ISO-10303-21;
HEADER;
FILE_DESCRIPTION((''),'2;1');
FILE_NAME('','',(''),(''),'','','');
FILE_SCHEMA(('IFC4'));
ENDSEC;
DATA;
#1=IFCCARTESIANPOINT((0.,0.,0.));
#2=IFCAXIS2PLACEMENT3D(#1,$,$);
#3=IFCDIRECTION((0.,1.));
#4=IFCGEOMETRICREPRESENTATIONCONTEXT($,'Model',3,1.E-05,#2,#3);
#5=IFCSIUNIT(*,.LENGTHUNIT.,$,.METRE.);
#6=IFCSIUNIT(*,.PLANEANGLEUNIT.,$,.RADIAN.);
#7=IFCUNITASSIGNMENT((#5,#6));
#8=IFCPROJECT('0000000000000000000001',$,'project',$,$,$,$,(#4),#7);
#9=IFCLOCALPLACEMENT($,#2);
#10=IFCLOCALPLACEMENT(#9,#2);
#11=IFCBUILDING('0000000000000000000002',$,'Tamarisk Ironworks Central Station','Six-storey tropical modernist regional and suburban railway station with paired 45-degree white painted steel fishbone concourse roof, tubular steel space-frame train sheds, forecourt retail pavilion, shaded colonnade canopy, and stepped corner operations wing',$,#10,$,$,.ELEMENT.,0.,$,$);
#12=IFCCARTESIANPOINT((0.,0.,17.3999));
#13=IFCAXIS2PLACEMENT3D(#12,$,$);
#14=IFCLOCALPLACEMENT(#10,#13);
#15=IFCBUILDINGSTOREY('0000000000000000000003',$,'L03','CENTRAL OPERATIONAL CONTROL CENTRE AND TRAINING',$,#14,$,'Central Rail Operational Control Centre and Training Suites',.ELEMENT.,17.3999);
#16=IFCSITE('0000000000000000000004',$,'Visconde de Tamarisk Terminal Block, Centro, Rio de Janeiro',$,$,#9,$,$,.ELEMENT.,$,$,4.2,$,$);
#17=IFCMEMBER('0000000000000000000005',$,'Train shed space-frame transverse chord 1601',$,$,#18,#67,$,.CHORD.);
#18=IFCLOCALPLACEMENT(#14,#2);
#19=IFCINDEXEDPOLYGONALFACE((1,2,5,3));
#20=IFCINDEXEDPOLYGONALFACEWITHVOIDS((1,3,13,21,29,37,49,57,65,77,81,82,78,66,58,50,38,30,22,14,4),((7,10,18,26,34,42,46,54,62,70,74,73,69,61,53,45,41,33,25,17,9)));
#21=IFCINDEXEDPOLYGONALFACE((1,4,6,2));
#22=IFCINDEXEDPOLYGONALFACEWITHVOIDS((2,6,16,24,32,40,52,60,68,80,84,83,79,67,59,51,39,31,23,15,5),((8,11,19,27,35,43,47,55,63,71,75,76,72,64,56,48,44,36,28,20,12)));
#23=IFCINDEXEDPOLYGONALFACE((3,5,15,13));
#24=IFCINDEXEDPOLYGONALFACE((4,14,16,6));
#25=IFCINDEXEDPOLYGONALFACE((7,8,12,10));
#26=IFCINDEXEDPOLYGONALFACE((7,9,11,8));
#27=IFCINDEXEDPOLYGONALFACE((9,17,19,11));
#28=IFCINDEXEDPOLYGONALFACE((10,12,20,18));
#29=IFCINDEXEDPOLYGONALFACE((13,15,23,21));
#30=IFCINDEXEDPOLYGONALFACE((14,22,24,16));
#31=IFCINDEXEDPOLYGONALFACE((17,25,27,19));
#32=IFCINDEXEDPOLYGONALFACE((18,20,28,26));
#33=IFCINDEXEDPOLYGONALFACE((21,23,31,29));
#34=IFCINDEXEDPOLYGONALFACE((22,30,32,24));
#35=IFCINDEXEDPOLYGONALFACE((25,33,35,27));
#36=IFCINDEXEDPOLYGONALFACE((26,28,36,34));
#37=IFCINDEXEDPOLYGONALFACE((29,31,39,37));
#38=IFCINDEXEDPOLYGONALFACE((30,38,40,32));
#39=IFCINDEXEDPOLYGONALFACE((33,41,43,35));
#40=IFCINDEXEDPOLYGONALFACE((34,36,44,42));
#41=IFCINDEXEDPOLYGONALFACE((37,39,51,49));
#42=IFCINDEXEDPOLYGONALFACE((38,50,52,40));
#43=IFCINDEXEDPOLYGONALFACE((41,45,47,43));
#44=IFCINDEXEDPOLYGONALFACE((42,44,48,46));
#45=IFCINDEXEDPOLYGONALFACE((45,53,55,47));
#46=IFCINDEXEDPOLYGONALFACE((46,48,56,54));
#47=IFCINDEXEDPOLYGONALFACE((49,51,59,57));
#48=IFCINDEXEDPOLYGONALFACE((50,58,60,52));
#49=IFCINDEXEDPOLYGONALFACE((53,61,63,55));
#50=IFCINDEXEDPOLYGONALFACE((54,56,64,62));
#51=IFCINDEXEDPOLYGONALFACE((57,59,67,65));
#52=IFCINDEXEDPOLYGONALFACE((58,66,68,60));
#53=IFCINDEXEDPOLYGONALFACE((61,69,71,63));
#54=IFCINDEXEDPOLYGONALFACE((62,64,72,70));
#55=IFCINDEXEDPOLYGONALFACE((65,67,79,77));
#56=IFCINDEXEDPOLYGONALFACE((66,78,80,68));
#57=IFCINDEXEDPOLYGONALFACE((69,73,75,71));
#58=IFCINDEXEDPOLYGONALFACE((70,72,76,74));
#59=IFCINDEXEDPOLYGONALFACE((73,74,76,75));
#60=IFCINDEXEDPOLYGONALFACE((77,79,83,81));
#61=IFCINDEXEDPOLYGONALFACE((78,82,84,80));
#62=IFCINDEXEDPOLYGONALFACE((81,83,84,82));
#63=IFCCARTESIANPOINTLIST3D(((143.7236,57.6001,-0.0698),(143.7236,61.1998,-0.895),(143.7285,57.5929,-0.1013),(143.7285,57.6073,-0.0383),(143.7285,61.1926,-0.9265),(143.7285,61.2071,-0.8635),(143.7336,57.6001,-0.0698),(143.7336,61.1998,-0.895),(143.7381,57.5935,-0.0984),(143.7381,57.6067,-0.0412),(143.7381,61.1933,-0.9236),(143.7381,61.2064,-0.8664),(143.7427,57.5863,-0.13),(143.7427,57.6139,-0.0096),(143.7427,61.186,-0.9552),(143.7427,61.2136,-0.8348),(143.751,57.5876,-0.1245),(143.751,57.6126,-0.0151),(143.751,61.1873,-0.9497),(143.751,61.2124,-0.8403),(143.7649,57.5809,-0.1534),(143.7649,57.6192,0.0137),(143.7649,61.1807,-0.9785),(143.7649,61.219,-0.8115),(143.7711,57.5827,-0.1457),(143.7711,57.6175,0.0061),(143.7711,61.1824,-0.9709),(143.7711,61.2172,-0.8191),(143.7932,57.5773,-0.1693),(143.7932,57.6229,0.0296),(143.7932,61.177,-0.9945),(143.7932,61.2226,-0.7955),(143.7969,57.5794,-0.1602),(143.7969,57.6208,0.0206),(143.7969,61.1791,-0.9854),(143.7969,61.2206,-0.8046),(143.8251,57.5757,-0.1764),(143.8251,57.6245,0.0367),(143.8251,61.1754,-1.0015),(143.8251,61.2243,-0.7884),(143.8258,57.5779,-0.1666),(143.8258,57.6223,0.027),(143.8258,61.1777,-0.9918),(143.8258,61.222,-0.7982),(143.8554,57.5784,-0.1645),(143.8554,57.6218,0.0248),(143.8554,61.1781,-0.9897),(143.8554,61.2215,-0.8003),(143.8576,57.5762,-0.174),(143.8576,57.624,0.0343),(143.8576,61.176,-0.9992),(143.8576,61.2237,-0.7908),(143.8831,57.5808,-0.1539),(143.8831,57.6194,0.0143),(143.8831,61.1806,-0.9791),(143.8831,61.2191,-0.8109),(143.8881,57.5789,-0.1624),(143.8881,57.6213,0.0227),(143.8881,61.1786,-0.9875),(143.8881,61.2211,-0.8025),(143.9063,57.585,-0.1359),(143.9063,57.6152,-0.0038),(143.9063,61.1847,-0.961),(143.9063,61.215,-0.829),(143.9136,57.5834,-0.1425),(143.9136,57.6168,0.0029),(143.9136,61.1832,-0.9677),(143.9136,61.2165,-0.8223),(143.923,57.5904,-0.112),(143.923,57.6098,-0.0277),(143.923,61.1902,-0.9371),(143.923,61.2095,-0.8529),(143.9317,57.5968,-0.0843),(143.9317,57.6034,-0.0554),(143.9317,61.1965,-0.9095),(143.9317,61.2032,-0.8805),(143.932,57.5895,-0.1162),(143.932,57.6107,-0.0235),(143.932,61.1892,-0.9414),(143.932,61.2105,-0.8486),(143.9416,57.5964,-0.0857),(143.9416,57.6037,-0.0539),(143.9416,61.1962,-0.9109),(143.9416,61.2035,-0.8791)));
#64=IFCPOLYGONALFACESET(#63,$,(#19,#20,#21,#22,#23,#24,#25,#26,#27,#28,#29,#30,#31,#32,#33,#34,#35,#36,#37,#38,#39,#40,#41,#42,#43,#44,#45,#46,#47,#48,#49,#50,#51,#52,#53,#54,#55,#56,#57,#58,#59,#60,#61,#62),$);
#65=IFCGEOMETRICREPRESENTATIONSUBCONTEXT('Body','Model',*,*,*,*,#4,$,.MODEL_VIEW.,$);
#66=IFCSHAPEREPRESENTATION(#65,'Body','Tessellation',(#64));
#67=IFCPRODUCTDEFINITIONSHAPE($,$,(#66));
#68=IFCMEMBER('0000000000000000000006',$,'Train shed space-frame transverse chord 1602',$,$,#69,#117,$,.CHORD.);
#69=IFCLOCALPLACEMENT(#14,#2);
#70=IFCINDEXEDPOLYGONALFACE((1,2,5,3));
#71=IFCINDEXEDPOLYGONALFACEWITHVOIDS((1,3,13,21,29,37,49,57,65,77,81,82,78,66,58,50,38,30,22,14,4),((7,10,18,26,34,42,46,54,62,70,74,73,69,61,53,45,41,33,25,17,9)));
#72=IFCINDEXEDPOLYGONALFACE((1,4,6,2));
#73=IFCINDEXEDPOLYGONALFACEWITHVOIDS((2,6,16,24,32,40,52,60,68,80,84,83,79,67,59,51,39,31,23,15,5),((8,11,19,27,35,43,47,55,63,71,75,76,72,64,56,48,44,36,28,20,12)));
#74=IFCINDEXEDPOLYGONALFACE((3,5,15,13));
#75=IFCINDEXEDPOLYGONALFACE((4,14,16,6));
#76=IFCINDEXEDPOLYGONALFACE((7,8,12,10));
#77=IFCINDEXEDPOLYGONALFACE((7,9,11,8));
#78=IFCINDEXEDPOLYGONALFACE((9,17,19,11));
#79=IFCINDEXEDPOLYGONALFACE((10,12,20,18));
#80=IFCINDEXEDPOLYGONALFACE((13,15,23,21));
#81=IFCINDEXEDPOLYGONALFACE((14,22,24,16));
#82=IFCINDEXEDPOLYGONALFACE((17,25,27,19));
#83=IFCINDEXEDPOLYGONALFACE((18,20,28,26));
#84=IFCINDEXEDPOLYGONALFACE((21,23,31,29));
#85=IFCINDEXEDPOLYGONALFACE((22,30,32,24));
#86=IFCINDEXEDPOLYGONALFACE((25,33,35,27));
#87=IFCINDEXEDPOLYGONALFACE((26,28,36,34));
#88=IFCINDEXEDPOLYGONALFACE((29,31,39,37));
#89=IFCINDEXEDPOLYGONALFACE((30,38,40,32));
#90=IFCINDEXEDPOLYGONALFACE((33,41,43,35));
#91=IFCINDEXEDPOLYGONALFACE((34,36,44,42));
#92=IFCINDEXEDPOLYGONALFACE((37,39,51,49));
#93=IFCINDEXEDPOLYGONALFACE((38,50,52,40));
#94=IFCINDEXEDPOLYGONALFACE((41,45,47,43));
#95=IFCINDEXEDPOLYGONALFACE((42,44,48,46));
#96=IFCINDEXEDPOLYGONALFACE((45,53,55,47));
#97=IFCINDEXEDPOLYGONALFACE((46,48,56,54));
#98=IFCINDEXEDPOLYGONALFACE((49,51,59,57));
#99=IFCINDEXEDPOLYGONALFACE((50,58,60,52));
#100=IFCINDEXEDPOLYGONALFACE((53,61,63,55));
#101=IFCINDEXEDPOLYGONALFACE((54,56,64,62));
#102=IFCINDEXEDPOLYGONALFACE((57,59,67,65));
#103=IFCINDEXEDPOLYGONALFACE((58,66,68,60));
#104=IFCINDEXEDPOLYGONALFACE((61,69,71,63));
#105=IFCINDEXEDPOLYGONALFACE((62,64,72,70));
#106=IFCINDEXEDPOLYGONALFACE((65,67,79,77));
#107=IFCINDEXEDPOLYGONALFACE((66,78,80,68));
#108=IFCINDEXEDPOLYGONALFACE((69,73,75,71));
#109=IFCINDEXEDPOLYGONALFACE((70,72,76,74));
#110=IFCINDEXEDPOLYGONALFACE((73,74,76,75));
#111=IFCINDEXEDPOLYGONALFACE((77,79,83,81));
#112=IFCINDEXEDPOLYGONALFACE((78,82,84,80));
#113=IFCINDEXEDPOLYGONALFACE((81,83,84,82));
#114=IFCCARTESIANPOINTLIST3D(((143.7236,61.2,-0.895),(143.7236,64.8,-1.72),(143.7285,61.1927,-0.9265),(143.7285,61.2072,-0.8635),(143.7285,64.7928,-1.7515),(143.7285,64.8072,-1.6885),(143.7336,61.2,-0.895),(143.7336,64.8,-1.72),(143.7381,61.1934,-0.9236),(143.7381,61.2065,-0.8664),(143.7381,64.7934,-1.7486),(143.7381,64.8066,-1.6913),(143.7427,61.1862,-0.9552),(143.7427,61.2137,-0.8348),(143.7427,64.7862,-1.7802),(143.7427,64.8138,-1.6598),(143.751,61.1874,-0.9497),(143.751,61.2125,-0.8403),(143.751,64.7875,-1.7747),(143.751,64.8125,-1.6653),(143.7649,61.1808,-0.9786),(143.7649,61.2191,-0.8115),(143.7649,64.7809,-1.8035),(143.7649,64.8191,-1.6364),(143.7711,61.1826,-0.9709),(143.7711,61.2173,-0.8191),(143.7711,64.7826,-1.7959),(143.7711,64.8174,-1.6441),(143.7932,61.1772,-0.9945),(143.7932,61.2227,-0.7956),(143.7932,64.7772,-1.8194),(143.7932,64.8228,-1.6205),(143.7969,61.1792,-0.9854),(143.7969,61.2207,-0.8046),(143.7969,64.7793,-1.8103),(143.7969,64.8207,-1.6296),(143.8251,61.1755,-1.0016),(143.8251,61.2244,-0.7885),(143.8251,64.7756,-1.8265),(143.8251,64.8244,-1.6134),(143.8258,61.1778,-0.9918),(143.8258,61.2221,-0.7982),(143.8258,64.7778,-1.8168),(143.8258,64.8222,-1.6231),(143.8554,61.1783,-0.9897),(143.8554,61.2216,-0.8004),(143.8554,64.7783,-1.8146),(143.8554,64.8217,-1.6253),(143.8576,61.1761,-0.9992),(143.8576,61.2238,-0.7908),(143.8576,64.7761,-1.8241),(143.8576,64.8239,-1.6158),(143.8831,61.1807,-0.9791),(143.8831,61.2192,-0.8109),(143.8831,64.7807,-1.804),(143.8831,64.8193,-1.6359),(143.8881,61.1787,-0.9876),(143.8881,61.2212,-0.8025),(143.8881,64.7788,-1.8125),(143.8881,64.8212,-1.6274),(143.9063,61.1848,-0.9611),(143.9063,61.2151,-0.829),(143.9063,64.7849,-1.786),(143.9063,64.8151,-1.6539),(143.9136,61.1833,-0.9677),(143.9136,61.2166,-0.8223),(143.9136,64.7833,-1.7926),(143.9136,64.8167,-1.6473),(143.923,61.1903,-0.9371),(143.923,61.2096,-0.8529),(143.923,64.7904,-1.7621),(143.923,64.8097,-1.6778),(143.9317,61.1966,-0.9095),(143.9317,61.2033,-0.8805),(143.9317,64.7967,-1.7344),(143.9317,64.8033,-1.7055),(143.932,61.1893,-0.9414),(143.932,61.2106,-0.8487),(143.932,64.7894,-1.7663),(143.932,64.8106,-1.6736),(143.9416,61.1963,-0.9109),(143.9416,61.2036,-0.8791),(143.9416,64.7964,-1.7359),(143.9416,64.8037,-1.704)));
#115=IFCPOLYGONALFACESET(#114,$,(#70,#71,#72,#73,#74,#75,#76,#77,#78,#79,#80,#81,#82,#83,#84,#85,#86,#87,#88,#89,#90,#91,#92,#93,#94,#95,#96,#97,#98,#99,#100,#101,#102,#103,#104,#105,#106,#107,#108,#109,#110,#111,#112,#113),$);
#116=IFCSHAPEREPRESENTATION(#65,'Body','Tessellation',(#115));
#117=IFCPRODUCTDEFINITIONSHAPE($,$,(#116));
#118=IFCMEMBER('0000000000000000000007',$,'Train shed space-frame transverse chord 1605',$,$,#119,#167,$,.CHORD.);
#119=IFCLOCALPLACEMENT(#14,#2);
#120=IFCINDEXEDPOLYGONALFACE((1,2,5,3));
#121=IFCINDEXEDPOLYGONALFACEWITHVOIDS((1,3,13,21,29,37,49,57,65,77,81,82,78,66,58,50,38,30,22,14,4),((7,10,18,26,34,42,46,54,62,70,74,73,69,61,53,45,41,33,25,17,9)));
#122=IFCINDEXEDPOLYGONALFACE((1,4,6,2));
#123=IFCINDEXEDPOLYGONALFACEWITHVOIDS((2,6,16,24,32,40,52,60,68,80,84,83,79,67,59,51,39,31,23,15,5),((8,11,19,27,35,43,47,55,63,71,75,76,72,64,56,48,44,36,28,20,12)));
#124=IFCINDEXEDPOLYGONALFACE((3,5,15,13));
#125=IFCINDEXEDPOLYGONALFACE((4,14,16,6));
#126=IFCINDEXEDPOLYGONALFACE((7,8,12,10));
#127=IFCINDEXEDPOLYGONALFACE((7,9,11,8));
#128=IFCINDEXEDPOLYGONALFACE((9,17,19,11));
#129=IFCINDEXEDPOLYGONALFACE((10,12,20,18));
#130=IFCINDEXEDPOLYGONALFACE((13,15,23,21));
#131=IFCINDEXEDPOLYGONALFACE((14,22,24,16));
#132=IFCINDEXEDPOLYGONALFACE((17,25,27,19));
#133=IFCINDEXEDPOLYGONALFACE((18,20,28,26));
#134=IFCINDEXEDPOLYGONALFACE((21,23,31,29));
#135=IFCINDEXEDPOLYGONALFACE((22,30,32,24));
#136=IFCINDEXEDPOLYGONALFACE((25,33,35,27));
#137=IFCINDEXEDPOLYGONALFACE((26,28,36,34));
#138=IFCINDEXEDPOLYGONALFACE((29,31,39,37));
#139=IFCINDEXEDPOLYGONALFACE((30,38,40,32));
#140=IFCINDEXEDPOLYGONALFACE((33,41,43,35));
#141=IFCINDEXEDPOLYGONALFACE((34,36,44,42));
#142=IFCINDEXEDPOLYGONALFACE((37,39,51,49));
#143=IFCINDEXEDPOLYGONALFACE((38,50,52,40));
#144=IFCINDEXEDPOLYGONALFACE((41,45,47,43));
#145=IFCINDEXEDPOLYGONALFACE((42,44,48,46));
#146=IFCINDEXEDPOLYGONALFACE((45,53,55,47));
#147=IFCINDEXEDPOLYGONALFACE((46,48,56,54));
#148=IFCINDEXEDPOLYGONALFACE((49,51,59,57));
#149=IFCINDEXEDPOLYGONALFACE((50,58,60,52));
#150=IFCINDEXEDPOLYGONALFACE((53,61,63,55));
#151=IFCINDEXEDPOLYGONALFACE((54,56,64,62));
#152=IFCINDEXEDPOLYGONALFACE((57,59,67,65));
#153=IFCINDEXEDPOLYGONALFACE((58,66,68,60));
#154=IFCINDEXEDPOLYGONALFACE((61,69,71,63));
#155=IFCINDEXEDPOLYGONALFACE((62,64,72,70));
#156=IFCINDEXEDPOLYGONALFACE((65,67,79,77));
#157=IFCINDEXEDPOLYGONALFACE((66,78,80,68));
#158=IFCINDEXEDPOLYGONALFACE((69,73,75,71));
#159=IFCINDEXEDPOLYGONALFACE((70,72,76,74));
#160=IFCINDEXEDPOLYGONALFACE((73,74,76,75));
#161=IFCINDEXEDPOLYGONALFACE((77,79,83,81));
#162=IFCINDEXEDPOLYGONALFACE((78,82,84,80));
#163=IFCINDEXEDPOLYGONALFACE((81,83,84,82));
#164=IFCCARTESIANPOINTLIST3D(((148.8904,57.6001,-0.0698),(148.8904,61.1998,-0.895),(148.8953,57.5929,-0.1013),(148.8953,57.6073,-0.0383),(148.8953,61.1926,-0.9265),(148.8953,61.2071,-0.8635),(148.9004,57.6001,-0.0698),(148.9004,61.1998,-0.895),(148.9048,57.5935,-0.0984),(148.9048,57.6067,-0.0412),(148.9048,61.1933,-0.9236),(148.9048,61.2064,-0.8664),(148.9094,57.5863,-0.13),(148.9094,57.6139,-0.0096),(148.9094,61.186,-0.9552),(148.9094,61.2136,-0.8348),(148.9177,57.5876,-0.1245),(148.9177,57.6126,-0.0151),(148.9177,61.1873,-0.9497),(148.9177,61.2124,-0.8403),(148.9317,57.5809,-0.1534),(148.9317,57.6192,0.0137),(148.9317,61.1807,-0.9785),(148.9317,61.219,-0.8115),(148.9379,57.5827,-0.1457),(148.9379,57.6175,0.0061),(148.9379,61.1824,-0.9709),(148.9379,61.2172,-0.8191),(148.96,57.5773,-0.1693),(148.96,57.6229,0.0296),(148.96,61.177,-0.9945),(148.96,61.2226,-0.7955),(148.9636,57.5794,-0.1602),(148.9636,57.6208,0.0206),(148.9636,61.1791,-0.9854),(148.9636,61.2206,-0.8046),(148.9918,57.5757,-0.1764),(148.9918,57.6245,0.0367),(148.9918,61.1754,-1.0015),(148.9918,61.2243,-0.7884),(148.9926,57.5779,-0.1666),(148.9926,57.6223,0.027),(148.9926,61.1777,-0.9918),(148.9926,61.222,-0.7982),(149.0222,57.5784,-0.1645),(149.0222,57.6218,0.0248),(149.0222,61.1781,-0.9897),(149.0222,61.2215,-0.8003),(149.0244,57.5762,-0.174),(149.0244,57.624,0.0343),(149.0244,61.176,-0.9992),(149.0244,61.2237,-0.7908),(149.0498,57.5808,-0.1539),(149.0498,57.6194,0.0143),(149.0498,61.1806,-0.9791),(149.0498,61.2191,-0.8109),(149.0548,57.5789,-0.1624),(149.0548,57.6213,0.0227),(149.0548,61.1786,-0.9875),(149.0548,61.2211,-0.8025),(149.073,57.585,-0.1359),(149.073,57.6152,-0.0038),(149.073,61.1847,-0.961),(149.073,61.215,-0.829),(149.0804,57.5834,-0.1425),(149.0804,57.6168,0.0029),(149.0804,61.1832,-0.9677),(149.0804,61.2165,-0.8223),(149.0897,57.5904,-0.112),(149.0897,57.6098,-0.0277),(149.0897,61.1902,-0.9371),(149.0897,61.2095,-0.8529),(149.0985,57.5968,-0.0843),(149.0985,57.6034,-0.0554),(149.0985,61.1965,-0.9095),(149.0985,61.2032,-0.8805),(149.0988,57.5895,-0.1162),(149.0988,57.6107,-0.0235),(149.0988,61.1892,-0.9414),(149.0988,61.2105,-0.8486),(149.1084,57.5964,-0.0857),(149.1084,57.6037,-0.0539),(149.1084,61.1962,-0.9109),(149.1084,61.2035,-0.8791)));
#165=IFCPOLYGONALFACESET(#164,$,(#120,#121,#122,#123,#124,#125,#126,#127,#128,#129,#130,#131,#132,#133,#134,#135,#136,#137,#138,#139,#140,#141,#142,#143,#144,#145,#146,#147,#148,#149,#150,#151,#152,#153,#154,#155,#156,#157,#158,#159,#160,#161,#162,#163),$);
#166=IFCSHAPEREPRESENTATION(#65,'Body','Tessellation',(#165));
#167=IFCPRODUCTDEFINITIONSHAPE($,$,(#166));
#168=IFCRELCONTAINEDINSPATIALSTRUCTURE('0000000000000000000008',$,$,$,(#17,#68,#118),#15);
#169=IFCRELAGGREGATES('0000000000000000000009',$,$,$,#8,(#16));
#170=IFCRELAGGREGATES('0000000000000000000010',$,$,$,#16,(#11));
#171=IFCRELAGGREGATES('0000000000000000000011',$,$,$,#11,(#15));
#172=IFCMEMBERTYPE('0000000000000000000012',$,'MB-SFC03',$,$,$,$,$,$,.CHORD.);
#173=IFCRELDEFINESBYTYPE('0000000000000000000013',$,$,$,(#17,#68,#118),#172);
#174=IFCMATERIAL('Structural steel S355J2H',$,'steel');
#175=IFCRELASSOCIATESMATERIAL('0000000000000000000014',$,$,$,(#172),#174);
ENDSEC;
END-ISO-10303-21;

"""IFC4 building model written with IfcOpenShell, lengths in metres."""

from ifc_helpers import new_model, si_unit, direction, frame, origin, origin_2d, place, context, subcontext, project, spatial, hollow_circle, extrude, material, material_profile, profile_set, type_object, element, save


model = new_model("IFC4")

# Units and contexts
model_context = context("Model", 3, precision=1e-05, world=origin(), true_north=direction((0.0, 1.0)))
body_context = subcontext(model_context, "Body", "Model", "MODEL_VIEW")
ifc_project = project(units=[si_unit("LENGTHUNIT", "METRE"), si_unit("PLANEANGLEUNIT", "RADIAN")], contexts=[model_context])

# Site, building, storey
site_placement = place(None, origin())
site = spatial("IfcSite", under=ifc_project, at=site_placement, Name="Visconde de Tamarisk Terminal Block, Centro, Rio de Janeiro", CompositionType="ELEMENT", RefElevation=4.2)
building_placement = place(site_placement, origin())
building = spatial("IfcBuilding", under=site, at=building_placement, Name="Tamarisk Ironworks Central Station", Description="Six-storey tropical modernist regional and suburban railway station with paired 45-degree white painted steel fishbone concourse roof, tubular steel space-frame train sheds, forecourt retail pavilion, shaded colonnade canopy, and stepped corner operations wing", CompositionType="ELEMENT", ElevationOfRefHeight=0.0)
storey_placement = place(building_placement, frame((0.0, 0.0, 17.3999)))
storey = spatial("IfcBuildingStorey", under=building, at=storey_placement, Name="L03", Description="CENTRAL OPERATIONAL CONTROL CENTRE AND TRAINING", LongName="Central Rail Operational Control Centre and Training Suites", CompositionType="ELEMENT", Elevation=17.3999)

# Members
ifc_material = material(Name="Structural steel S355J2H", Category="steel")
ifc_material_profile_1 = material_profile(ifc_material, hollow_circle(Radius=0.1096, WallThickness=0.01, at=origin_2d()), Name="CHS 219.1x10")
ifc_profile_set_1 = profile_set([ifc_material_profile_1], Name="Structural steel S355J2H")
member_type_1 = type_object("IfcMemberType", Name="MB-SFC03", PredefinedType="CHORD", material=ifc_profile_set_1)
member_1_placement = place(storey_placement, frame((143.8333, 57.6001, -0.0698), z_axis=(0.0, 0.974719, -0.223435), x_axis=(-1.0, 0.0, 0.0)))
element("IfcMember", 1, at=member_1_placement, inside=storey, type_object=member_type_1, Name="Train shed space-frame transverse chord 1601", PredefinedType="CHORD", context=body_context, shape_type="SweptSolid", body=[
    extrude(hollow_circle(Radius=0.1096, WallThickness=0.01, at=origin_2d()), origin(), (0.0, 0.0, 1.0), 3.6931),
])
member_2_placement = place(storey_placement, frame((143.8333, 61.2, -0.895), z_axis=(0.0, 0.974737, -0.223358), x_axis=(-1.0, 0.0, 0.0)))
element("IfcMember", 2, at=member_2_placement, inside=storey, type_object=member_type_1, Name="Train shed space-frame transverse chord 1602", PredefinedType="CHORD", context=body_context, shape_type="SweptSolid", body=[
    extrude(hollow_circle(Radius=0.1096, WallThickness=0.01, at=origin_2d()), origin(), (0.0, 0.0, 1.0), 3.6934),
])
member_3_placement = place(storey_placement, frame((149.0, 57.6001, -0.0698), z_axis=(0.0, 0.974719, -0.223435), x_axis=(-1.0, 0.0, 0.0)))
element("IfcMember", 3, at=member_3_placement, inside=storey, type_object=member_type_1, Name="Train shed space-frame transverse chord 1605", PredefinedType="CHORD", context=body_context, shape_type="SweptSolid", body=[
    extrude(hollow_circle(Radius=0.1096, WallThickness=0.01, at=origin_2d()), origin(), (0.0, 0.0, 1.0), 3.6931),
])

save(model, "model.ifc")
